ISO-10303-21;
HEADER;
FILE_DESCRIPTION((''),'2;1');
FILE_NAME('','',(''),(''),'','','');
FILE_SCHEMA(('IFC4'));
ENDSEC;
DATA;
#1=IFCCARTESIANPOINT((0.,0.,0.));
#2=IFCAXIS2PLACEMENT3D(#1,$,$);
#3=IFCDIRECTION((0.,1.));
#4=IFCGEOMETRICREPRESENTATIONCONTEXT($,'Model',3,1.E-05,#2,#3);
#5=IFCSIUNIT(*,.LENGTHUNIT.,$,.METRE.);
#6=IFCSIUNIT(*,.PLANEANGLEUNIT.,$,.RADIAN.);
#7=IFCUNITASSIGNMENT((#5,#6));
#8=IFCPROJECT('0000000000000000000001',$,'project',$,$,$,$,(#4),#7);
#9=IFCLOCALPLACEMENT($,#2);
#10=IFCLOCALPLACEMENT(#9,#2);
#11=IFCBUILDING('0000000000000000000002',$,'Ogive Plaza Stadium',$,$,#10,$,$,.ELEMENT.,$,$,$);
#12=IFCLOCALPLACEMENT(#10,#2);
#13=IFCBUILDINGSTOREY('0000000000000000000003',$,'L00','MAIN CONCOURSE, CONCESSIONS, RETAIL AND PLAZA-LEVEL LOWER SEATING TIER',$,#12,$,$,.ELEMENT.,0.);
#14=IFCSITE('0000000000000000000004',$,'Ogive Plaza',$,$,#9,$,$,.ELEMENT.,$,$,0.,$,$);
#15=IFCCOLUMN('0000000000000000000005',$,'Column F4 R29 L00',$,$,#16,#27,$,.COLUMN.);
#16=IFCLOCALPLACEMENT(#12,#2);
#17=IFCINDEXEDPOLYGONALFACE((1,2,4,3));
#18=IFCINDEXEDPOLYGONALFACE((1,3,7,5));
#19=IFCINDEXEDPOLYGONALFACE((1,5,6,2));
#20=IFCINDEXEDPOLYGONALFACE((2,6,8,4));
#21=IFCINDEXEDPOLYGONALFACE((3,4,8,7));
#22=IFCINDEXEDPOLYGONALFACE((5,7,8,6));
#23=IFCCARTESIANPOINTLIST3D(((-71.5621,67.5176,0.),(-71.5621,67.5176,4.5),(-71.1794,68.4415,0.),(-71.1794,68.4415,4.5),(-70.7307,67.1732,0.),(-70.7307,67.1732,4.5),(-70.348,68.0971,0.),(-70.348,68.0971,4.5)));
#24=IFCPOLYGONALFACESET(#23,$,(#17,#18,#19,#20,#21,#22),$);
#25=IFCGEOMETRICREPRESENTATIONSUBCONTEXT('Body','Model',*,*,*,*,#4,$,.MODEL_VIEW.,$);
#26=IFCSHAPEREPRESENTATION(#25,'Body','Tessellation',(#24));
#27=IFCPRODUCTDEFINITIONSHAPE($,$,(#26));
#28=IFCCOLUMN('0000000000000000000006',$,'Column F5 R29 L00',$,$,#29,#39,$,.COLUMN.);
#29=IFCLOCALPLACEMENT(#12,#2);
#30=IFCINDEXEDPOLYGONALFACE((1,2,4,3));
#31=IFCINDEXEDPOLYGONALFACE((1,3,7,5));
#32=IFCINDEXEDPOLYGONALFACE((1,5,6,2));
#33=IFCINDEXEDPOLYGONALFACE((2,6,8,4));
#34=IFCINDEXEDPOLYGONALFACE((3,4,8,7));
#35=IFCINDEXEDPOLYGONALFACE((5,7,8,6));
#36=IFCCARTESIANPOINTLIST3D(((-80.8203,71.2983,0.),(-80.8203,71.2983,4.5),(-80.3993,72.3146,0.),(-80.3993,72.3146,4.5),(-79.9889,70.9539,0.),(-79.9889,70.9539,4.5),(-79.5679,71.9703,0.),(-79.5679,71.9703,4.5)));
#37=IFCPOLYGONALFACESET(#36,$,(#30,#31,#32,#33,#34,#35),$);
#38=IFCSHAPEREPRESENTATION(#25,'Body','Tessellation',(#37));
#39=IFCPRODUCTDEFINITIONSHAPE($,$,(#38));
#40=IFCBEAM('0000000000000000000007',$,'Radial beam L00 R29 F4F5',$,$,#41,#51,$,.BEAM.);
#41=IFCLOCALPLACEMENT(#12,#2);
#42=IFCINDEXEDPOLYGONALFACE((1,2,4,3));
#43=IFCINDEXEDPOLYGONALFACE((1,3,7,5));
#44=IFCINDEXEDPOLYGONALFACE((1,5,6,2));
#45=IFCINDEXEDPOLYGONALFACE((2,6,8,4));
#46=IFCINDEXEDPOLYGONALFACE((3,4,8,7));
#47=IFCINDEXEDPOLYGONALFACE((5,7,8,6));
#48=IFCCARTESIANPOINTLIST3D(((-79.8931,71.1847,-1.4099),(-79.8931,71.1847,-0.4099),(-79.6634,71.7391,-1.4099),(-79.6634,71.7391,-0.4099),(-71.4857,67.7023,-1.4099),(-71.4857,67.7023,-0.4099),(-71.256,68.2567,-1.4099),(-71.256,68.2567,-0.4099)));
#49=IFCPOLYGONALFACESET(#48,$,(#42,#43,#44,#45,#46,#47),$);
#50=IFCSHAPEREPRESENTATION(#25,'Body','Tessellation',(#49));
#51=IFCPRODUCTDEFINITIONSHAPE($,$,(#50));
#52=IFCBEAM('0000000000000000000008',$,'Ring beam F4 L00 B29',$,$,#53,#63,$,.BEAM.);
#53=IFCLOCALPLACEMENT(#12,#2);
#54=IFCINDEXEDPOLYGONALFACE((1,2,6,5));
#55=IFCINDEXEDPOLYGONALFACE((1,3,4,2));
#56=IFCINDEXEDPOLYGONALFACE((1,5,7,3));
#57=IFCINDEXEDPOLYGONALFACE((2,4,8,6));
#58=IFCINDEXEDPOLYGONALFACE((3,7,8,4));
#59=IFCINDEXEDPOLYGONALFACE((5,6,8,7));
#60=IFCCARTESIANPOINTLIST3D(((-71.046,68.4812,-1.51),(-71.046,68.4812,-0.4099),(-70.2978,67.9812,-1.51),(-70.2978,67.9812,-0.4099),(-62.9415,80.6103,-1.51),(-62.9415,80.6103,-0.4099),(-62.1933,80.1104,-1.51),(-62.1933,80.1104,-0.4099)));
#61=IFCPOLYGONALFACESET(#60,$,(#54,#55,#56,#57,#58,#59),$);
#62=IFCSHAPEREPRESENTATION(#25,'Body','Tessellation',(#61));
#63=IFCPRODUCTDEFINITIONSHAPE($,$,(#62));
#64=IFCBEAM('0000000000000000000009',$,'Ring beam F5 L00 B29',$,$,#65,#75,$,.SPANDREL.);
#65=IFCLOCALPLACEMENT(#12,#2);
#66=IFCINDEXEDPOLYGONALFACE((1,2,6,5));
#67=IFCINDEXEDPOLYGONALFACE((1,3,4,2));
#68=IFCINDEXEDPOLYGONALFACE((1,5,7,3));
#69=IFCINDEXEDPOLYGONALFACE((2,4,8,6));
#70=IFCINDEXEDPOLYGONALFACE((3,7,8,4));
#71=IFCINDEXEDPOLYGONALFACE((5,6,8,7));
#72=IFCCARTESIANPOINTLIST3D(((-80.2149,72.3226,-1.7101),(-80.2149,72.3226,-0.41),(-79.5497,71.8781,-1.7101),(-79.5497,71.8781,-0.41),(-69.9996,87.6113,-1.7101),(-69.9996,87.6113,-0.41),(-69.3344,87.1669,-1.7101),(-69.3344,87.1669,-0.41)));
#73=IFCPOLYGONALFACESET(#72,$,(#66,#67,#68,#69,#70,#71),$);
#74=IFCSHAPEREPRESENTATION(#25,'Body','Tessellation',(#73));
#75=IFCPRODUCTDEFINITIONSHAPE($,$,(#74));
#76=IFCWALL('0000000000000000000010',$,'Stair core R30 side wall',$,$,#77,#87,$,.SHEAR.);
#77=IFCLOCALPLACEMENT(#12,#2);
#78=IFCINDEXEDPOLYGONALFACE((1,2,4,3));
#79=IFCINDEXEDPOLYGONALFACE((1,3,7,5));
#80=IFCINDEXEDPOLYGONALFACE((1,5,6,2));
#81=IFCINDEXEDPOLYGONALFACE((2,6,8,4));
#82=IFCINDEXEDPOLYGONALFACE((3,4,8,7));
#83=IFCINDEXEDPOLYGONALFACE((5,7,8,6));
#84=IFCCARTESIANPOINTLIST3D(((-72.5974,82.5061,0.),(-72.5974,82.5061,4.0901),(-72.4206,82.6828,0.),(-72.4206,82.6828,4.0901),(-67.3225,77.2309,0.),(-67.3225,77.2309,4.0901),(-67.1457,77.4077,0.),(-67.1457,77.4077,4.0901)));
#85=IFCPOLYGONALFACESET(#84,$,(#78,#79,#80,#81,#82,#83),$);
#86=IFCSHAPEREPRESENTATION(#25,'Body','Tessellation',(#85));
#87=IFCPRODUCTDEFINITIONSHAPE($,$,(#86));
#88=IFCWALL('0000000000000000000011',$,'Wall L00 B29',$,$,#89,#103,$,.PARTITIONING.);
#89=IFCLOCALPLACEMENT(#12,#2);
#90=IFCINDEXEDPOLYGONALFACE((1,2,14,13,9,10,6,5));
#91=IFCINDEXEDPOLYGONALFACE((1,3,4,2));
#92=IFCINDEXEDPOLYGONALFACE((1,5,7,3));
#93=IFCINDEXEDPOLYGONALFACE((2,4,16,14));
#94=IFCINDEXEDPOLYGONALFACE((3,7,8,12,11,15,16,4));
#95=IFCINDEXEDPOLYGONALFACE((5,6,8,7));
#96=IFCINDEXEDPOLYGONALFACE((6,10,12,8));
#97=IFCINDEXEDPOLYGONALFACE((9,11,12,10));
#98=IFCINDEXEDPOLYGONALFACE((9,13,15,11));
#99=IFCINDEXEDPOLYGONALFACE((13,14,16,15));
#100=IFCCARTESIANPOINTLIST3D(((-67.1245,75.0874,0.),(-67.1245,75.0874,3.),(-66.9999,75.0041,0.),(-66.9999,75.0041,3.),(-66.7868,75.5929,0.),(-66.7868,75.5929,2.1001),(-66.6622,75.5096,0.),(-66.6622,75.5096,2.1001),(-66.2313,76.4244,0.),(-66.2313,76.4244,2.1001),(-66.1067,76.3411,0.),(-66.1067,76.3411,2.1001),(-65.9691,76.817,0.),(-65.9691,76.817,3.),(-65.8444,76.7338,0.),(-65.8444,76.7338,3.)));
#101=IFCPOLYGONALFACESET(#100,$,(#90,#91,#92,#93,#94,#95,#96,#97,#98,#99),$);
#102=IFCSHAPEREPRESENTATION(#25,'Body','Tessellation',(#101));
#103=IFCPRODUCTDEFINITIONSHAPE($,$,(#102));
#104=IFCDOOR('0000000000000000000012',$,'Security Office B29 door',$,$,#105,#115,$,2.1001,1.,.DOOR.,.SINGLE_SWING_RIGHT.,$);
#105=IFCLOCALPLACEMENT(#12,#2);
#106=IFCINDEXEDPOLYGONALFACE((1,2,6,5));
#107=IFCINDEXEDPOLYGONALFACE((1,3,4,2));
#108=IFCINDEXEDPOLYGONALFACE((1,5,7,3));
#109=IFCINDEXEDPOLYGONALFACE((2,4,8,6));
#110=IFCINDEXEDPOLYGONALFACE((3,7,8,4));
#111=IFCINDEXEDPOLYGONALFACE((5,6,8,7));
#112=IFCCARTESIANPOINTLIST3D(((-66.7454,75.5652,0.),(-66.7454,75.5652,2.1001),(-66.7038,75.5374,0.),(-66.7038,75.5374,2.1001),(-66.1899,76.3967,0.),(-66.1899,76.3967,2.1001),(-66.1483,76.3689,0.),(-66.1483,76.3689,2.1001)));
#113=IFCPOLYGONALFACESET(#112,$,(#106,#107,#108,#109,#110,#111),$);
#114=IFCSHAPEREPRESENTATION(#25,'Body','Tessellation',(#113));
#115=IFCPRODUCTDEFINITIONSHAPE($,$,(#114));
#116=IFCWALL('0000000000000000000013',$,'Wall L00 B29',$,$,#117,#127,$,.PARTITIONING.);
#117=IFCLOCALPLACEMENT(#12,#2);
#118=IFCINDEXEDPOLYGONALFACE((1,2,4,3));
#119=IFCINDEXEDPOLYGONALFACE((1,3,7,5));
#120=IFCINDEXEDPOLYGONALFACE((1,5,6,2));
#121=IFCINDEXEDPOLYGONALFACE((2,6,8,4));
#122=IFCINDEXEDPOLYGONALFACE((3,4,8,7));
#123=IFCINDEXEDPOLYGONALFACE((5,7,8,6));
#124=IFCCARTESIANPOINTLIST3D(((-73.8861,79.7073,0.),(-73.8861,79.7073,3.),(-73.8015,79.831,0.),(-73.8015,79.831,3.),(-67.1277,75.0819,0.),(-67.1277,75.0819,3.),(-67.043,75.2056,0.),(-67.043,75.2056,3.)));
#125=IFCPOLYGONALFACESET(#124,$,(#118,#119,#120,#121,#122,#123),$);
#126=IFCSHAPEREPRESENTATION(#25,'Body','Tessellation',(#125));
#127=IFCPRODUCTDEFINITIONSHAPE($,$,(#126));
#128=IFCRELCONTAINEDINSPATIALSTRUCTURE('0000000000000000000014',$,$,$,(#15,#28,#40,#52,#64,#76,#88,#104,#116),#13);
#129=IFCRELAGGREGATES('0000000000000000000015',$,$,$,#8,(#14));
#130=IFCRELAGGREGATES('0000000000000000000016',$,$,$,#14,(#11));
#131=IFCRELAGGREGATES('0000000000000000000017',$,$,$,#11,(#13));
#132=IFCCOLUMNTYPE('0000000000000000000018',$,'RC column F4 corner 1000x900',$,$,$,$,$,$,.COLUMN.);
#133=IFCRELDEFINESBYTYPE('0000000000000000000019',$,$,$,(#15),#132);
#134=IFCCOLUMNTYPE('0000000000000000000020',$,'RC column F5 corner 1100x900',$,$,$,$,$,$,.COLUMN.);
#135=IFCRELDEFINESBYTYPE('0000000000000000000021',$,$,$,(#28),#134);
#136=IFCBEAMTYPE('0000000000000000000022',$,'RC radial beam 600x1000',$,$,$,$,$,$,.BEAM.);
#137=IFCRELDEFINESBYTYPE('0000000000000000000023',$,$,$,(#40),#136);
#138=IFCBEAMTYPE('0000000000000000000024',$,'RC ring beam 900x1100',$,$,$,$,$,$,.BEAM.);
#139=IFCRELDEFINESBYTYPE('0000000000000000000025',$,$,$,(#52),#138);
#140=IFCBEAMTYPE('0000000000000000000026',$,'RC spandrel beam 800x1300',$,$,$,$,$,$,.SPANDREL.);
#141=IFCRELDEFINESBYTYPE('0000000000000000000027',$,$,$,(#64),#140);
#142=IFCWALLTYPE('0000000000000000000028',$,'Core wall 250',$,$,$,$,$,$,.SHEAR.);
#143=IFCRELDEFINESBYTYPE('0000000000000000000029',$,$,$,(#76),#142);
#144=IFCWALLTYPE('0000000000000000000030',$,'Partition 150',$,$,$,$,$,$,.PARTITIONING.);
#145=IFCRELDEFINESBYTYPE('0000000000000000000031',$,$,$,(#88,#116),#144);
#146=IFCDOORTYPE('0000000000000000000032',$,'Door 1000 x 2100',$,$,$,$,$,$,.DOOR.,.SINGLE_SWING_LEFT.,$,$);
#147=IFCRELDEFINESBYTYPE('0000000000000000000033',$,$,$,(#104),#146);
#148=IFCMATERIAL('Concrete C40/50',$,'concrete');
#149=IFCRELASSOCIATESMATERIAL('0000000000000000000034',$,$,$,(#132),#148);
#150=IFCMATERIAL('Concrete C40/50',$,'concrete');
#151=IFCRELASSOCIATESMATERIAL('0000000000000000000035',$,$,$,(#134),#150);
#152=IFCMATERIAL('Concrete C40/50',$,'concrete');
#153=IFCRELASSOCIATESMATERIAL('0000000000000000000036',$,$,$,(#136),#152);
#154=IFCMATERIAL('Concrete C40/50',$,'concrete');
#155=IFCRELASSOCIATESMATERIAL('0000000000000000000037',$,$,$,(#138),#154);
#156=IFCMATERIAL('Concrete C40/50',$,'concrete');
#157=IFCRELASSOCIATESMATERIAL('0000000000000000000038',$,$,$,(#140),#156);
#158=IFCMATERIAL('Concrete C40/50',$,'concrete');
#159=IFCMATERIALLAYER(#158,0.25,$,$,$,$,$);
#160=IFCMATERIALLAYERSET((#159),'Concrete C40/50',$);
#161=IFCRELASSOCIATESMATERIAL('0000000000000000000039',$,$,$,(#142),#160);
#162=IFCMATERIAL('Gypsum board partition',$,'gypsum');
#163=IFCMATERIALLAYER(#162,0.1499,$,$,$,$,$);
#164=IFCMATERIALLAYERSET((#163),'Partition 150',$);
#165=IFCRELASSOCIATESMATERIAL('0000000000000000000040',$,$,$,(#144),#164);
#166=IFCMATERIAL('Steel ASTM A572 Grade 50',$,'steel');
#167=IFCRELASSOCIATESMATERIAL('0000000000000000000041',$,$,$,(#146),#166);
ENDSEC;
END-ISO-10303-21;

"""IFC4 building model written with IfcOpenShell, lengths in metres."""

from ifc_helpers import new_model, si_unit, direction, frame, frame_2d, origin, origin_2d, place, context, subcontext, project, spatial, rectangle, extrude, material, layer, layer_set, material_profile, profile_set, type_object, element, fill, save


model = new_model("IFC4")

# Units and contexts
model_context = context("Model", 3, precision=1e-05, world=origin(), true_north=direction((0.0, 1.0)))
body_context = subcontext(model_context, "Body", "Model", "MODEL_VIEW")
ifc_project = project(units=[si_unit("LENGTHUNIT", "METRE"), si_unit("PLANEANGLEUNIT", "RADIAN")], contexts=[model_context])

# Site, building, storey
site_placement = place(None, origin())
site = spatial("IfcSite", under=ifc_project, at=site_placement, Name="Ogive Plaza", CompositionType="ELEMENT", RefElevation=0.0)
building_placement = place(site_placement, origin())
building = spatial("IfcBuilding", under=site, at=building_placement, Name="Ogive Plaza Stadium", CompositionType="ELEMENT")
storey_placement = place(building_placement, origin())
storey = spatial("IfcBuildingStorey", under=building, at=storey_placement, Name="L00", Description="MAIN CONCOURSE, CONCESSIONS, RETAIL AND PLAZA-LEVEL LOWER SEATING TIER", CompositionType="ELEMENT", Elevation=0.0)

# Columns
ifc_material_1 = material(Name="Concrete C40/50", Category="concrete")
ifc_material_profile_1 = material_profile(ifc_material_1, rectangle(XDim=1.0, YDim=0.8999, at=origin_2d()), Name="RC 1000x900")
ifc_profile_set_1 = profile_set([ifc_material_profile_1], Name="Concrete C40/50")
column_type_1 = type_object("IfcColumnType", Name="RC column F4 corner 1000x900", PredefinedType="COLUMN", material=ifc_profile_set_1)
column_1_placement = place(storey_placement, frame((-70.9551, 67.8074, 0.0), z_axis=(0.0, 0.0, 1.0), x_axis=(-0.382683, -0.92388, 0.0)))
element("IfcColumn", 1, at=column_1_placement, inside=storey, type_object=column_type_1, Name="Column F4 R29 L00", PredefinedType="COLUMN", context=body_context, shape_type="SweptSolid", body=[
    extrude(rectangle(XDim=1.0, YDim=0.8999, at=origin_2d()), origin(), (0.0, 0.0, 1.0), 4.5),
])
ifc_material_2 = material(Name="Concrete C40/50", Category="concrete")
ifc_material_profile_2 = material_profile(ifc_material_2, rectangle(XDim=1.1001, YDim=0.8999, at=origin_2d()), Name="RC 1100x900")
ifc_profile_set_2 = profile_set([ifc_material_profile_2], Name="Concrete C40/50")
column_type_2 = type_object("IfcColumnType", Name="RC column F5 corner 1100x900", PredefinedType="COLUMN", material=ifc_profile_set_2)
column_2_placement = place(storey_placement, frame((-80.1941, 71.6343, 0.0), z_axis=(0.0, 0.0, 1.0), x_axis=(-0.382683, -0.92388, 0.0)))
element("IfcColumn", 2, at=column_2_placement, inside=storey, type_object=column_type_2, Name="Column F5 R29 L00", PredefinedType="COLUMN", context=body_context, shape_type="SweptSolid", body=[
    extrude(rectangle(XDim=1.1001, YDim=0.8999, at=origin_2d()), origin(), (0.0, 0.0, 1.0), 4.5),
])

# Beams
ifc_material_3 = material(Name="Concrete C40/50", Category="concrete")
ifc_material_profile_3 = material_profile(ifc_material_3, rectangle(XDim=0.6001, YDim=1.0, at=origin_2d()), Name="RC 600x1000")
ifc_profile_set_3 = profile_set([ifc_material_profile_3], Name="Concrete C40/50")
beam_type_1 = type_object("IfcBeamType", Name="RC radial beam 600x1000", PredefinedType="BEAM", material=ifc_profile_set_3)
beam_1_placement = place(storey_placement, frame((-71.3708, 67.9795, -0.9099), z_axis=(-0.923882, 0.382677, 0.0), x_axis=(-0.382677, -0.923882, 0.0)))
element("IfcBeam", 3, at=beam_1_placement, inside=storey, type_object=beam_type_1, Name="Radial beam L00 R29 F4F5", PredefinedType="BEAM", context=body_context, shape_type="SweptSolid", body=[
    extrude(rectangle(XDim=0.6001, YDim=1.0, at=origin_2d()), origin(), (0.0, 0.0, 1.0), 9.1001),
])
ifc_material_4 = material(Name="Concrete C40/50", Category="concrete")
ifc_material_profile_4 = material_profile(ifc_material_4, rectangle(XDim=0.8999, YDim=1.1001, at=origin_2d()), Name="RC 900x1100")
ifc_profile_set_4 = profile_set([ifc_material_profile_4], Name="Concrete C40/50")
beam_type_2 = type_object("IfcBeamType", Name="RC ring beam 900x1100", PredefinedType="BEAM", material=ifc_profile_set_4)
beam_2_placement = place(storey_placement, frame((-70.6719, 68.2312, -0.96), z_axis=(0.555573, 0.831468, 0.0), x_axis=(-0.831468, 0.555573, 0.0)))
element("IfcBeam", 4, at=beam_2_placement, inside=storey, type_object=beam_type_2, Name="Ring beam F4 L00 B29", PredefinedType="BEAM", context=body_context, shape_type="SweptSolid", body=[
    extrude(rectangle(XDim=0.8999, YDim=1.1001, at=origin_2d()), origin(), (0.0, 0.0, 1.0), 14.5876),
])
ifc_material_5 = material(Name="Concrete C40/50", Category="concrete")
ifc_material_profile_5 = material_profile(ifc_material_5, rectangle(XDim=0.8, YDim=1.3, at=origin_2d()), Name="RC 800x1300")
ifc_profile_set_5 = profile_set([ifc_material_profile_5], Name="Concrete C40/50")
beam_type_3 = type_object("IfcBeamType", Name="RC spandrel beam 800x1300", PredefinedType="SPANDREL", material=ifc_profile_set_5)
beam_3_placement = place(storey_placement, frame((-79.8823, 72.1003, -1.0601), z_axis=(0.555558, 0.831478, 0.0), x_axis=(-0.831478, 0.555558, 0.0)))
element("IfcBeam", 5, at=beam_3_placement, inside=storey, type_object=beam_type_3, Name="Ring beam F5 L00 B29", PredefinedType="SPANDREL", context=body_context, shape_type="SweptSolid", body=[
    extrude(rectangle(XDim=0.8, YDim=1.3, at=origin_2d()), origin(), (0.0, 0.0, 1.0), 18.3875),
])

# Wall
ifc_material_6 = material(Name="Concrete C40/50", Category="concrete")
ifc_layer_1 = layer(ifc_material_6, 0.25)
ifc_layer_set_1 = layer_set([ifc_layer_1], Name="Concrete C40/50")
wall_type_1 = type_object("IfcWallType", Name="Core wall 250", PredefinedType="SHEAR", material=ifc_layer_set_1)
wall_1_placement = place(storey_placement, frame((-67.2341, 77.3193, 0.0), z_axis=(0.0, 0.0, 1.0), x_axis=(-0.70709, 0.707123, 0.0)))
element("IfcWall", 6, at=wall_1_placement, inside=storey, type_object=wall_type_1, Name="Stair core R30 side wall", PredefinedType="SHEAR", context=body_context, shape_type="SweptSolid", body=[
    extrude(rectangle(XDim=7.46, YDim=0.25, at=frame_2d((3.73, 0.0))), origin(), (0.0, 0.0, 1.0), 4.0901),
])

# Wall, opening, door
ifc_material_7 = material(Name="Gypsum board partition", Category="gypsum")
ifc_layer_2 = layer(ifc_material_7, 0.1499)
ifc_layer_set_2 = layer_set([ifc_layer_2], Name="Partition 150")
wall_type_2 = type_object("IfcWallType", Name="Partition 150", PredefinedType="PARTITIONING", material=ifc_layer_set_2)
wall_2_placement = place(storey_placement, frame((-65.9067, 76.7754, 0.0), z_axis=(0.0, 0.0, 1.0), x_axis=(-0.555485, -0.831526, 0.0)))
wall_2 = element("IfcWall", 7, at=wall_2_placement, inside=storey, type_object=wall_type_2, Name="Wall L00 B29", PredefinedType="PARTITIONING", context=body_context, shape_type="SweptSolid", body=[
    extrude(rectangle(XDim=2.0801, YDim=0.1499, at=frame_2d((1.04, 0.0))), origin(), (0.0, 0.0, 1.0), 3.0),
])
opening_1_placement = place(wall_2_placement, frame((0.4722, 0.0, 0.0)))
opening_1 = element("IfcOpeningElement", 8, at=opening_1_placement, cuts=wall_2, PredefinedType="OPENING", context=body_context, shape_type="SweptSolid", body=[
    extrude(rectangle(XDim=1.0, YDim=2.1001, at=frame_2d((0.5, 1.05))), frame((0.0, 0.075, 0.0), z_axis=(0.0, -1.0, 0.0), x_axis=(1.0, 0.0, 0.0)), (0.0, 0.0, 1.0), 0.1499),
])
ifc_material_8 = material(Name="Steel ASTM A572 Grade 50", Category="steel")
door_type_1 = type_object("IfcDoorType", Name="Door 1000 x 2100", OperationType="SINGLE_SWING_LEFT", PredefinedType="DOOR", material=ifc_material_8)
door_1_placement = place(opening_1_placement, origin())
door_1 = element("IfcDoor", 9, at=door_1_placement, inside=storey, type_object=door_type_1, Name="Security Office B29 door", OperationType="SINGLE_SWING_RIGHT", OverallHeight=2.1001, OverallWidth=1.0, PredefinedType="DOOR", context=body_context, shape_type="SweptSolid", body=[
    extrude(rectangle(XDim=1.0, YDim=2.1001, at=frame_2d((0.5, 1.05))), frame((0.0, 0.0249, 0.0), z_axis=(0.0, -1.0, 0.0), x_axis=(1.0, 0.0, 0.0)), (0.0, 0.0, 1.0), 0.05),
])
fill(opening_1, door_1)

# Wall
wall_3_placement = place(storey_placement, frame((-67.0854, 75.1438, 0.0), z_axis=(0.0, 0.0, 1.0), x_axis=(-0.825238, 0.564785, 0.0)))
element("IfcWall", 10, at=wall_3_placement, inside=storey, type_object=wall_type_2, Name="Wall L00 B29", PredefinedType="PARTITIONING", context=body_context, shape_type="SweptSolid", body=[
    extrude(rectangle(XDim=8.1897, YDim=0.1499, at=frame_2d((4.0947, 0.0))), origin(), (0.0, 0.0, 1.0), 3.0),
])

save(model, "model.ifc")
